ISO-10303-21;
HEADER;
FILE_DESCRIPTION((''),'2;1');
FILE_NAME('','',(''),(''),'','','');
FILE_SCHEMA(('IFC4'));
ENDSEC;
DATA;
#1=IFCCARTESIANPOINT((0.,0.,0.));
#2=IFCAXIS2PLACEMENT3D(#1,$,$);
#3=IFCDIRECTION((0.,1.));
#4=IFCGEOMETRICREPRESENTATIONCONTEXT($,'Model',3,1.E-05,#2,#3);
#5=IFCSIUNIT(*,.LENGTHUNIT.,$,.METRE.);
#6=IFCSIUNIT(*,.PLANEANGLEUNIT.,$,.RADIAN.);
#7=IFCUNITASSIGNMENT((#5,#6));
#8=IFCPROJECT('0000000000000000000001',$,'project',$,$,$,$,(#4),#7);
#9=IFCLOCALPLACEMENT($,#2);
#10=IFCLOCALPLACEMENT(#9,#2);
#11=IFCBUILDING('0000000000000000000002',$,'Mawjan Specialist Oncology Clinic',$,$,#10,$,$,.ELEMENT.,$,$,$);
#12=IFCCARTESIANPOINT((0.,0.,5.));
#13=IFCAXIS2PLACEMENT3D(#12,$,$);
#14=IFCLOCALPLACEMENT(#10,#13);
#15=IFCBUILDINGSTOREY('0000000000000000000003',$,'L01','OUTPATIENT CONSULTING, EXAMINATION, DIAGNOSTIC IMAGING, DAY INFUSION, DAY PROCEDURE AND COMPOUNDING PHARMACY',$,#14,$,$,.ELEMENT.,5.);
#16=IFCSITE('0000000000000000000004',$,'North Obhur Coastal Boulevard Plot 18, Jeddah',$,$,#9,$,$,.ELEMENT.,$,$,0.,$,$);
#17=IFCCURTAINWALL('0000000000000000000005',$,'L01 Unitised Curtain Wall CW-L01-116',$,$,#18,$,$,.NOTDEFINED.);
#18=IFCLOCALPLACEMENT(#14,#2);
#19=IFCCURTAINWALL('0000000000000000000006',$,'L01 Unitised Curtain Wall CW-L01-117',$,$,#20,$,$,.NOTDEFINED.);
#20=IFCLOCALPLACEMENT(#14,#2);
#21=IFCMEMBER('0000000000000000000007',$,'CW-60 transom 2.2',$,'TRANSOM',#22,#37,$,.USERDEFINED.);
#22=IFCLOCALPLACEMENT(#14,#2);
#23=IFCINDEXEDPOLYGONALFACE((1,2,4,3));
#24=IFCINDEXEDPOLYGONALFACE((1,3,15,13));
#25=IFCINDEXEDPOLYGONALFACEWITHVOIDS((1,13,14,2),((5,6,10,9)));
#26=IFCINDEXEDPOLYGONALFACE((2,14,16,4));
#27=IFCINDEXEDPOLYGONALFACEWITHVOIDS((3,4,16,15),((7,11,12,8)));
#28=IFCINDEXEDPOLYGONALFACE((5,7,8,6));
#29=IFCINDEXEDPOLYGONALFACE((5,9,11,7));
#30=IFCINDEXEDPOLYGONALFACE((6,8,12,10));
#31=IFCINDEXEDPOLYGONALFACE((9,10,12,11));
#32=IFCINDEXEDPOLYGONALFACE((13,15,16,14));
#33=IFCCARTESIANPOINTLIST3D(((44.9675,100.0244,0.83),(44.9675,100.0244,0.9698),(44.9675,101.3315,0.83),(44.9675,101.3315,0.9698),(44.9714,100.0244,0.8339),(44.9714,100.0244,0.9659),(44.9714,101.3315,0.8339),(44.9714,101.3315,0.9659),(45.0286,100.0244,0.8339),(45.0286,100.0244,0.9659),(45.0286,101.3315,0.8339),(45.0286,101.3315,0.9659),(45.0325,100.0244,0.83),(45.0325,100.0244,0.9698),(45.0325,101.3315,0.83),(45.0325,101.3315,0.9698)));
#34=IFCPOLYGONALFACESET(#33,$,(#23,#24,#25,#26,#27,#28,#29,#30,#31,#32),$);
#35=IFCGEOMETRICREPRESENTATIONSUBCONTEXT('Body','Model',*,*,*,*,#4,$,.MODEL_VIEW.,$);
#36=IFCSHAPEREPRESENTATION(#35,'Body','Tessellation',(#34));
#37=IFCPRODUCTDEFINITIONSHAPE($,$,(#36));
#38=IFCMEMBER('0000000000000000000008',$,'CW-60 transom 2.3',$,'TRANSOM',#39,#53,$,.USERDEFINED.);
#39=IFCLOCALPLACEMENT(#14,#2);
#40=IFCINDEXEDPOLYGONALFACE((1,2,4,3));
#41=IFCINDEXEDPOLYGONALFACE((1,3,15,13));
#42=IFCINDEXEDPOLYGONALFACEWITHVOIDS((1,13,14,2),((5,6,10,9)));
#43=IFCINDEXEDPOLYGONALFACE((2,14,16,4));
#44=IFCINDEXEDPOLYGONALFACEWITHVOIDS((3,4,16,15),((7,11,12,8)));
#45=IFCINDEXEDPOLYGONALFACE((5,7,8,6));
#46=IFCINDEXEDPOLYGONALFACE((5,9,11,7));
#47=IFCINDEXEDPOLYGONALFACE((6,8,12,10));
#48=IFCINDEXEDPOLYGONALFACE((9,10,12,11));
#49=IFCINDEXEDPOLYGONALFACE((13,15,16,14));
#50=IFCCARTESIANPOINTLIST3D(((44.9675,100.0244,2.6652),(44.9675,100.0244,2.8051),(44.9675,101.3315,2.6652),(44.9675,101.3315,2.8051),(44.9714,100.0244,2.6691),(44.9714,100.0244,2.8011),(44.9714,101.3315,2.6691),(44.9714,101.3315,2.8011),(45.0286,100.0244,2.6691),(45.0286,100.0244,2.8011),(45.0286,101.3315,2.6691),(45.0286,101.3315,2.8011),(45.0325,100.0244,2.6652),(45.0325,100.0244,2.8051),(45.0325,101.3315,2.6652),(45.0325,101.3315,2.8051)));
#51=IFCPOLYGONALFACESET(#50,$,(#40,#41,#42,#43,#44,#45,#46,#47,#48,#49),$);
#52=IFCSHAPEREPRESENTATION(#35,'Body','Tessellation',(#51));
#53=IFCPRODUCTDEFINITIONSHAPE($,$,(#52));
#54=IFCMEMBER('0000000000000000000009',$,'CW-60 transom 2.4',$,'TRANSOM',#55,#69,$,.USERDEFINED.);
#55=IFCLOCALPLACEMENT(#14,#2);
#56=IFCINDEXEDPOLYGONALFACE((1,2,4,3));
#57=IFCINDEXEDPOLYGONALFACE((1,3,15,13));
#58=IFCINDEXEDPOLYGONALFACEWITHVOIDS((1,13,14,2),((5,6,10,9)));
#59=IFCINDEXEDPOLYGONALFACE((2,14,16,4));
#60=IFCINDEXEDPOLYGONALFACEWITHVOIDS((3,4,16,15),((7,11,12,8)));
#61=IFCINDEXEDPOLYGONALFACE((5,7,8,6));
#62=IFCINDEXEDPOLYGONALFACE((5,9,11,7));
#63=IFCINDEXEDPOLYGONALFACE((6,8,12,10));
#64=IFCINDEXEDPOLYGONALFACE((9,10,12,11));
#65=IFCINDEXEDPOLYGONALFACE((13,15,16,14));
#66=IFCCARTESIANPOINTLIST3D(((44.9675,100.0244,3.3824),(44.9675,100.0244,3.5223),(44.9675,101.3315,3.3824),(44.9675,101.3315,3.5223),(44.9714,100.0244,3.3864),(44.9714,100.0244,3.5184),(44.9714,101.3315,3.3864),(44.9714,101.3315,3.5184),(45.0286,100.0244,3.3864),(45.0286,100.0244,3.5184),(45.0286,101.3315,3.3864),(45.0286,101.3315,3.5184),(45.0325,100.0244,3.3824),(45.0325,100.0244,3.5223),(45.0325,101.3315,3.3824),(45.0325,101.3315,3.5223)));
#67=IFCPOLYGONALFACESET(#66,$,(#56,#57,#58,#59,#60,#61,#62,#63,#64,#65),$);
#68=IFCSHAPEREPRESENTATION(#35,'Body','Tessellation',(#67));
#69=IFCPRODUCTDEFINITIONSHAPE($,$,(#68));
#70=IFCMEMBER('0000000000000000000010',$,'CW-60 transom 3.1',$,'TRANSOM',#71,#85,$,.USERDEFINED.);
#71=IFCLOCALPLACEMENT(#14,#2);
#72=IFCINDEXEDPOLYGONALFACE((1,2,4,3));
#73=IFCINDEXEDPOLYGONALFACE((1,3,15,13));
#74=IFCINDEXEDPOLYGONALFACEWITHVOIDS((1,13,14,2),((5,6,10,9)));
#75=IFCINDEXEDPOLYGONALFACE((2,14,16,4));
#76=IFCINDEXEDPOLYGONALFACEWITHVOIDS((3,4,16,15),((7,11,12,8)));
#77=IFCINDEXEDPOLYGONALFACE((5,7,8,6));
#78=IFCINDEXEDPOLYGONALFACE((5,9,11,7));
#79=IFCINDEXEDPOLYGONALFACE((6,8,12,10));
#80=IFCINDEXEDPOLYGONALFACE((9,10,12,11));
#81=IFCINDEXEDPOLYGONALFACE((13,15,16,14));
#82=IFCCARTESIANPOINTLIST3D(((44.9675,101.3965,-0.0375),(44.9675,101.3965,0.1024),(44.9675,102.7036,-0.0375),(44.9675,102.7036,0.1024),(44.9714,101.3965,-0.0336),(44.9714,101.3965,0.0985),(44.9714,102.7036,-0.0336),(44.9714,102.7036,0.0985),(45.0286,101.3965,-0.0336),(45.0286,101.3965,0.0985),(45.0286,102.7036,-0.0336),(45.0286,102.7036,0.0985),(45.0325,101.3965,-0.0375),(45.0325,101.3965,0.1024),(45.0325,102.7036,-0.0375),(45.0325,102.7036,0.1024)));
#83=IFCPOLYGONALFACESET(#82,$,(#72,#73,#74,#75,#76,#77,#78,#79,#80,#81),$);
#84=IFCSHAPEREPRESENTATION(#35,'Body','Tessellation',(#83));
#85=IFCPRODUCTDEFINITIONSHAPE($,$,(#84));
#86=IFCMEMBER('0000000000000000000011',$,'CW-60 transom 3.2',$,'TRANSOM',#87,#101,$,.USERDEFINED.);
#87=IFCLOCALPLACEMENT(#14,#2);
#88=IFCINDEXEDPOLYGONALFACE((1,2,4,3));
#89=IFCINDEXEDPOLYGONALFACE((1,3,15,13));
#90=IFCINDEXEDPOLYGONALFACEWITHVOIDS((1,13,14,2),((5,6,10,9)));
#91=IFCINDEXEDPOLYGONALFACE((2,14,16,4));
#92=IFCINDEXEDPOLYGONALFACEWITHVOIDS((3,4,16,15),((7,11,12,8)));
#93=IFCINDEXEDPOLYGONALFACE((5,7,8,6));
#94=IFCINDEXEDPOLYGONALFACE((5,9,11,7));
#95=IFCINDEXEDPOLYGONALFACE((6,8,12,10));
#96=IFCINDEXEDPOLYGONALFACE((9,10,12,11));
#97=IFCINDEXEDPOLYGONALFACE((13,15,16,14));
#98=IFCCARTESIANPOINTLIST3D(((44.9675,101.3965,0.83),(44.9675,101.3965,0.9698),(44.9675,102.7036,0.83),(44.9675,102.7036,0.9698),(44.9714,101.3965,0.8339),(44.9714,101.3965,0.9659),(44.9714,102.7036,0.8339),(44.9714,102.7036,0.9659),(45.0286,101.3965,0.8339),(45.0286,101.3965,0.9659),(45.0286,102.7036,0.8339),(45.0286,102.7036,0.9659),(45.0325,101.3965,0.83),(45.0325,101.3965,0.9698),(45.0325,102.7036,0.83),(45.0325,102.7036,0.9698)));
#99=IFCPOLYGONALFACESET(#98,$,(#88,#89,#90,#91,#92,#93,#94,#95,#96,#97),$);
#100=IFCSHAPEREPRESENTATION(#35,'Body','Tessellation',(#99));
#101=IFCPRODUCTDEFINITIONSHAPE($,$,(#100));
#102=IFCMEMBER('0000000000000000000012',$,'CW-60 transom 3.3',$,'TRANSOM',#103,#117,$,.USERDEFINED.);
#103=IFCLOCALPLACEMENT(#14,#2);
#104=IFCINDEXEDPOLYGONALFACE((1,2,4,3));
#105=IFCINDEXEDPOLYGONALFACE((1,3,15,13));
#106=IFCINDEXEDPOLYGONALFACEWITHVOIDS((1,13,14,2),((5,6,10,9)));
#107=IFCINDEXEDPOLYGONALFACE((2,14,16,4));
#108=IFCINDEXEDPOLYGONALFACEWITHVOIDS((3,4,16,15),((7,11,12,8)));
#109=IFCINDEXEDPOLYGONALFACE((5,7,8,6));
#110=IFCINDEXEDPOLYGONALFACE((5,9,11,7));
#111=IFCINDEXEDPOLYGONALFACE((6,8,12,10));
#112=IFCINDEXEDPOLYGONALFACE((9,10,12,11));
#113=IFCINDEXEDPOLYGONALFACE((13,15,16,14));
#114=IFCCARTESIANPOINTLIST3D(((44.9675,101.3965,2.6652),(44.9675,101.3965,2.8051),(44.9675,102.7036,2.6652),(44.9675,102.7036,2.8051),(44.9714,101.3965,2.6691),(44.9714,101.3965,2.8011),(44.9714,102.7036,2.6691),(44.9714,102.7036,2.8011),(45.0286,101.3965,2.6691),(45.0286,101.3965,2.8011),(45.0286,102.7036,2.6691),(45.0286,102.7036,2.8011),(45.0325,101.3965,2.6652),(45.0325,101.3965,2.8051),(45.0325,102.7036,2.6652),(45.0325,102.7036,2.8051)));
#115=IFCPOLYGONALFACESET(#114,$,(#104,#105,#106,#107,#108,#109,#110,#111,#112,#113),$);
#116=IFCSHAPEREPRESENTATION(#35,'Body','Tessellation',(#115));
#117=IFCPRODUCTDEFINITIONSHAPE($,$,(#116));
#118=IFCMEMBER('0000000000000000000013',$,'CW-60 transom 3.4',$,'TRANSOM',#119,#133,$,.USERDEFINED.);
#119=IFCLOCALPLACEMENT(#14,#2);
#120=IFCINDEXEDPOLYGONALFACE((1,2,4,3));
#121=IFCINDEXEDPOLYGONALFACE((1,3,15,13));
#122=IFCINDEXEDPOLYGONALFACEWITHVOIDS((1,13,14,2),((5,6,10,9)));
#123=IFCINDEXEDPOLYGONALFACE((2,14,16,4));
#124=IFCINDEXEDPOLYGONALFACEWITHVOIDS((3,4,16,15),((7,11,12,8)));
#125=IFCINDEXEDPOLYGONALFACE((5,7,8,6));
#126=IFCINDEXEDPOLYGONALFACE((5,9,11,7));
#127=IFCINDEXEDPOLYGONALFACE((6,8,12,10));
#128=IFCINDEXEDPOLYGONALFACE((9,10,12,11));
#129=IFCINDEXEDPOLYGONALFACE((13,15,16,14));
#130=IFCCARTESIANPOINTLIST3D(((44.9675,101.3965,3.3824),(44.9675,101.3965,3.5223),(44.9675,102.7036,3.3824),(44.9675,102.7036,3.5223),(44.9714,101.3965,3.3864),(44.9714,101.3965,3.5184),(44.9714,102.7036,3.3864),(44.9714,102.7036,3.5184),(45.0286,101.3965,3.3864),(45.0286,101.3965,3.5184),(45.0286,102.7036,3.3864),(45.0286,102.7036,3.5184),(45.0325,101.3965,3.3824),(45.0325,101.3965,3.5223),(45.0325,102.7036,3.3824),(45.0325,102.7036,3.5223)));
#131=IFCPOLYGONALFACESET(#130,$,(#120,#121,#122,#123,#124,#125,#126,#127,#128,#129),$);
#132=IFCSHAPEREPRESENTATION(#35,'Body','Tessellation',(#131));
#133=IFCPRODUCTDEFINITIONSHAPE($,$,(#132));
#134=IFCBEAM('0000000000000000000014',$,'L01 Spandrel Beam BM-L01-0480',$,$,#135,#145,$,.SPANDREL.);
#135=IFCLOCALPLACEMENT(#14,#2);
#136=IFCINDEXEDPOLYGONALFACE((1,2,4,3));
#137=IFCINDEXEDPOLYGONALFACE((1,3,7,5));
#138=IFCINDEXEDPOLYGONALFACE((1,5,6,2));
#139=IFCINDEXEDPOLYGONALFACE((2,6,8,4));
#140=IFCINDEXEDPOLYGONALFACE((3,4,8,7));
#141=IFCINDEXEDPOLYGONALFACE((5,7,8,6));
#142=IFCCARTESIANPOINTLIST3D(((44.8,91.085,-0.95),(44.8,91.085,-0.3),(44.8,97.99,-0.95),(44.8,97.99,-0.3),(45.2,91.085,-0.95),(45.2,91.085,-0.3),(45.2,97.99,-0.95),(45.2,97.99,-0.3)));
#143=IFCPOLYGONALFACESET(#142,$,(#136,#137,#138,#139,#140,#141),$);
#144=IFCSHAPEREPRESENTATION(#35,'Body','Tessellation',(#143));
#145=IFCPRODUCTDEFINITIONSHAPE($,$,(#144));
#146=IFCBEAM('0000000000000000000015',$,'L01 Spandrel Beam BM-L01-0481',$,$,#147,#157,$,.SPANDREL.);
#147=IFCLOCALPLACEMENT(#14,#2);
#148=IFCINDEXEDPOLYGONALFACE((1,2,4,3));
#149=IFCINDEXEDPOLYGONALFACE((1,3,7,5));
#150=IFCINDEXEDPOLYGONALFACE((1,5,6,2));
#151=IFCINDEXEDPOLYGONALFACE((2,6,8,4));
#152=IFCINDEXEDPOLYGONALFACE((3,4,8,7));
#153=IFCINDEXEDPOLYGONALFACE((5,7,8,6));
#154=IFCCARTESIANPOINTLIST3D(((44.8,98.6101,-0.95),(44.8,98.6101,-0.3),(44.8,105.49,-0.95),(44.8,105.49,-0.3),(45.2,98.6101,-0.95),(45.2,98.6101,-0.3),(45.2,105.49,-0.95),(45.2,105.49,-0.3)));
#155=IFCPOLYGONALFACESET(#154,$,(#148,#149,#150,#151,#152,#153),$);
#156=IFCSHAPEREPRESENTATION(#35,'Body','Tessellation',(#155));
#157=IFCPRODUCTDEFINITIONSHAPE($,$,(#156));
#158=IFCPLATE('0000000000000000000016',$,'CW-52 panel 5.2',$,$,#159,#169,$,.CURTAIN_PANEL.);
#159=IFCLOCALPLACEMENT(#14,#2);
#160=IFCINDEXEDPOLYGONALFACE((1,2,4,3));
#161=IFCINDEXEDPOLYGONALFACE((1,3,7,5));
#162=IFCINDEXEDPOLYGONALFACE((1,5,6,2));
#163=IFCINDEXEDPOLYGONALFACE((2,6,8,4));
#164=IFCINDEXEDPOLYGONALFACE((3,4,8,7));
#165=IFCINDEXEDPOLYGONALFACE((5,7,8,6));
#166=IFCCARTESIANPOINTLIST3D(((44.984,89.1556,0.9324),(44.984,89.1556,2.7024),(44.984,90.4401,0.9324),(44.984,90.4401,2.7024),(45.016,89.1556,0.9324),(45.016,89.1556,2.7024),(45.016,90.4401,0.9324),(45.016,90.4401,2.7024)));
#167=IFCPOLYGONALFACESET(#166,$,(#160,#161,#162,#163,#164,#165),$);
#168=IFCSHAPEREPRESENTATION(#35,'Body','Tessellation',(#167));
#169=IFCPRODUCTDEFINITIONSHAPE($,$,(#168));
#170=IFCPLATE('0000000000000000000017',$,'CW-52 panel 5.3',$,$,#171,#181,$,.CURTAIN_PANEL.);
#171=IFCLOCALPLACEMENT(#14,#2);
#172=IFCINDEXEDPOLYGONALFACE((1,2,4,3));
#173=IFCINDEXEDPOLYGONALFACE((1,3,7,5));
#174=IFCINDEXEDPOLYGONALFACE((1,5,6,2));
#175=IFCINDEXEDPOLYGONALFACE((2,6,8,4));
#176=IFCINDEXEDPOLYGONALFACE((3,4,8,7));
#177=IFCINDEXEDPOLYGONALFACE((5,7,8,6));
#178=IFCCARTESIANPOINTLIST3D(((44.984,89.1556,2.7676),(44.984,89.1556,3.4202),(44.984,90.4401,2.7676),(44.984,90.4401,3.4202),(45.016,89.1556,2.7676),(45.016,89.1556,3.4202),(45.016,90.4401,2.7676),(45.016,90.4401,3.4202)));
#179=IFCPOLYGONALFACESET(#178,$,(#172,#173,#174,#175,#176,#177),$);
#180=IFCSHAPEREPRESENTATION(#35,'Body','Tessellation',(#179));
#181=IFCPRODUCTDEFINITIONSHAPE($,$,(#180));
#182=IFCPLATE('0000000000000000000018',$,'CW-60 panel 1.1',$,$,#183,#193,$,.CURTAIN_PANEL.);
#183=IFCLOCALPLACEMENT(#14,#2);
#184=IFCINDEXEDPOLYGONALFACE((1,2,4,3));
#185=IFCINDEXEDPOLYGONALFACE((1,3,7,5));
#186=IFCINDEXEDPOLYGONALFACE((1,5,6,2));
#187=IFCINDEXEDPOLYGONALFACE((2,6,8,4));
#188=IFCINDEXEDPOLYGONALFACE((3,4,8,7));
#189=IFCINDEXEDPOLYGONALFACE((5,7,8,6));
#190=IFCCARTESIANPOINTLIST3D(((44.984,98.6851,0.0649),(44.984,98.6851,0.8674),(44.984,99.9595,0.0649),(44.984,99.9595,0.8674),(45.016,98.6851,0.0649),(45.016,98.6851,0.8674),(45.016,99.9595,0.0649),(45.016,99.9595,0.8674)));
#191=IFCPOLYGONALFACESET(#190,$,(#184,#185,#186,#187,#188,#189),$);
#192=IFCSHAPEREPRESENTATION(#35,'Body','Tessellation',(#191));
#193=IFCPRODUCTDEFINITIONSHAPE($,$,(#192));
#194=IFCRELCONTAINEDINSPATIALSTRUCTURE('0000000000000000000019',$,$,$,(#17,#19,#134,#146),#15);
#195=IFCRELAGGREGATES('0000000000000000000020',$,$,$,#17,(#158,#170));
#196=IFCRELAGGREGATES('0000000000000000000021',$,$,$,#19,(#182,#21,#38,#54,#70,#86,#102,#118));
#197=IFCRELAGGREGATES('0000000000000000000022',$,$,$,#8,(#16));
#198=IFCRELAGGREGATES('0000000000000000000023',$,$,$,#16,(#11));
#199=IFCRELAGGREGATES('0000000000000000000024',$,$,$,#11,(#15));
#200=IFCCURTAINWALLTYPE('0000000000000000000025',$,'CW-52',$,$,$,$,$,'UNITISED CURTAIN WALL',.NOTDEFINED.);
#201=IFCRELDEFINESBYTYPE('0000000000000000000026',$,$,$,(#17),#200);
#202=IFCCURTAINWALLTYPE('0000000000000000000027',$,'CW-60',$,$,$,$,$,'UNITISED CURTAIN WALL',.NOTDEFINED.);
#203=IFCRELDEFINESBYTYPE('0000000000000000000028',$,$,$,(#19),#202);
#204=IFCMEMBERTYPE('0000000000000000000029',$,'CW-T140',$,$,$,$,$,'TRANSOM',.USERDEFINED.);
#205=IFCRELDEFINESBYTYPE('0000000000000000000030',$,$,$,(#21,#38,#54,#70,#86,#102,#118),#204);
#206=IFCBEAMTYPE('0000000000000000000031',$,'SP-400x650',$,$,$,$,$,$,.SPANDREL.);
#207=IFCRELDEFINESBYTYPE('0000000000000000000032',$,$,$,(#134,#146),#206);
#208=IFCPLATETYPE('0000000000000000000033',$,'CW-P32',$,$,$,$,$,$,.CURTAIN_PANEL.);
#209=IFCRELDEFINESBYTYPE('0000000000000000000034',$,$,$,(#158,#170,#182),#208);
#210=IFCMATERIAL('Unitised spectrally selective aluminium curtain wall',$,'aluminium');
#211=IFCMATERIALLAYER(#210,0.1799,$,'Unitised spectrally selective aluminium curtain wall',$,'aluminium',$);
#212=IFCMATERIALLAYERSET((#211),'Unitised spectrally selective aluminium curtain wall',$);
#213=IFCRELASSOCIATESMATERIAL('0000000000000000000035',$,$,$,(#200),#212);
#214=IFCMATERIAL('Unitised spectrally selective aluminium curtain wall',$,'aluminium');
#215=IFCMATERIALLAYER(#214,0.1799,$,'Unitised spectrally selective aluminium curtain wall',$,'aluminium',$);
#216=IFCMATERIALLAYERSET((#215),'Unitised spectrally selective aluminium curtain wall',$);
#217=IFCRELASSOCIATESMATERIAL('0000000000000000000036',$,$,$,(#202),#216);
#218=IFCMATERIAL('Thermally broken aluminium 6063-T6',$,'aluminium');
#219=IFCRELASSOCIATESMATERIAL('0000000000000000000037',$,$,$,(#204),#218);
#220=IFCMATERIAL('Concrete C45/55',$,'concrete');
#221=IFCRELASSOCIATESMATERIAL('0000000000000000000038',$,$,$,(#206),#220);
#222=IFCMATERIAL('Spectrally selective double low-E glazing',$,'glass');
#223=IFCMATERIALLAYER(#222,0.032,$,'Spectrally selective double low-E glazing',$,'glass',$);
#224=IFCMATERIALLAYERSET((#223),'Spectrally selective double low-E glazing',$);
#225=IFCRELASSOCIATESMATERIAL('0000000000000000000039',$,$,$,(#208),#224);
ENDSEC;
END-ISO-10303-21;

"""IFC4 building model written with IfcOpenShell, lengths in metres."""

from ifc_helpers import new_model, si_unit, direction, frame, origin, origin_2d, place, context, subcontext, project, spatial, rectangle, hollow_rectangle, extrude, material, layer, layer_set, material_profile, profile_set, type_object, element, aggregate, save


model = new_model("IFC4")

# Units and contexts
model_context = context("Model", 3, precision=1e-05, world=origin(), true_north=direction((0.0, 1.0)))
body_context = subcontext(model_context, "Body", "Model", "MODEL_VIEW")
ifc_project = project(units=[si_unit("LENGTHUNIT", "METRE"), si_unit("PLANEANGLEUNIT", "RADIAN")], contexts=[model_context])

# Site, building, storey
site_placement = place(None, origin())
site = spatial("IfcSite", under=ifc_project, at=site_placement, Name="North Obhur Coastal Boulevard Plot 18, Jeddah", CompositionType="ELEMENT", RefElevation=0.0)
building_placement = place(site_placement, origin())
building = spatial("IfcBuilding", under=site, at=building_placement, Name="Mawjan Specialist Oncology Clinic", CompositionType="ELEMENT")
storey_placement = place(building_placement, frame((0.0, 0.0, 5.0)))
storey = spatial("IfcBuildingStorey", under=building, at=storey_placement, Name="L01", Description="OUTPATIENT CONSULTING, EXAMINATION, DIAGNOSTIC IMAGING, DAY INFUSION, DAY PROCEDURE AND COMPOUNDING PHARMACY", CompositionType="ELEMENT", Elevation=5.0)

# Curtain wall
ifc_material_1 = material(Name="Unitised spectrally selective aluminium curtain wall", Category="aluminium")
ifc_layer_1 = layer(ifc_material_1, 0.1799, Name="Unitised spectrally selective aluminium curtain wall", Category="aluminium")
ifc_layer_set_1 = layer_set([ifc_layer_1], Name="Unitised spectrally selective aluminium curtain wall")
curtain_wall_type_1 = type_object("IfcCurtainWallType", Name="CW-52", ElementType="UNITISED CURTAIN WALL", PredefinedType="NOTDEFINED", material=ifc_layer_set_1)
curtain_wall_1_placement = place(storey_placement, origin())
curtain_wall_1 = element("IfcCurtainWall", 1, at=curtain_wall_1_placement, inside=storey, type_object=curtain_wall_type_1, Name="L01 Unitised Curtain Wall CW-L01-116", PredefinedType="NOTDEFINED")

# Curtain wall, members
ifc_material_2 = material(Name="Unitised spectrally selective aluminium curtain wall", Category="aluminium")
ifc_layer_2 = layer(ifc_material_2, 0.1799, Name="Unitised spectrally selective aluminium curtain wall", Category="aluminium")
ifc_layer_set_2 = layer_set([ifc_layer_2], Name="Unitised spectrally selective aluminium curtain wall")
curtain_wall_type_2 = type_object("IfcCurtainWallType", Name="CW-60", ElementType="UNITISED CURTAIN WALL", PredefinedType="NOTDEFINED", material=ifc_layer_set_2)
curtain_wall_2_placement = place(storey_placement, origin())
curtain_wall_2 = element("IfcCurtainWall", 2, at=curtain_wall_2_placement, inside=storey, type_object=curtain_wall_type_2, Name="L01 Unitised Curtain Wall CW-L01-117", PredefinedType="NOTDEFINED")
ifc_material_3 = material(Name="Thermally broken aluminium 6063-T6", Category="aluminium")
ifc_material_profile_1 = material_profile(ifc_material_3, hollow_rectangle(XDim=0.0649, YDim=0.1399, WallThickness=0.0039, at=origin_2d()), Name="ALU TRANSOM 140x65x4", Category="aluminium")
ifc_profile_set_1 = profile_set([ifc_material_profile_1], Name="Thermally broken aluminium 6063-T6")
member_type_1 = type_object("IfcMemberType", Name="CW-T140", ElementType="TRANSOM", PredefinedType="USERDEFINED", material=ifc_profile_set_1)
member_1_placement = place(storey_placement, frame((45.0, 100.0244, 0.8999), z_axis=(0.0, 1.0, 0.0), x_axis=(-1.0, 0.0, 0.0)))
member_1 = element("IfcMember", 3, at=member_1_placement, type_object=member_type_1, Name="CW-60 transom 2.2", ObjectType="TRANSOM", PredefinedType="USERDEFINED", context=body_context, shape_type="SweptSolid", body=[
    extrude(hollow_rectangle(XDim=0.0649, YDim=0.1399, WallThickness=0.0039, at=origin_2d()), origin(), (0.0, 0.0, 1.0), 1.3071),
])
member_2_placement = place(storey_placement, frame((45.0, 100.0244, 2.7351), z_axis=(0.0, 1.0, 0.0), x_axis=(-1.0, 0.0, 0.0)))
member_2 = element("IfcMember", 4, at=member_2_placement, type_object=member_type_1, Name="CW-60 transom 2.3", ObjectType="TRANSOM", PredefinedType="USERDEFINED", context=body_context, shape_type="SweptSolid", body=[
    extrude(hollow_rectangle(XDim=0.0649, YDim=0.1399, WallThickness=0.0039, at=origin_2d()), origin(), (0.0, 0.0, 1.0), 1.3071),
])
member_3_placement = place(storey_placement, frame((45.0, 100.0244, 3.4524), z_axis=(0.0, 1.0, 0.0), x_axis=(-1.0, 0.0, 0.0)))
member_3 = element("IfcMember", 5, at=member_3_placement, type_object=member_type_1, Name="CW-60 transom 2.4", ObjectType="TRANSOM", PredefinedType="USERDEFINED", context=body_context, shape_type="SweptSolid", body=[
    extrude(hollow_rectangle(XDim=0.0649, YDim=0.1399, WallThickness=0.0039, at=origin_2d()), origin(), (0.0, 0.0, 1.0), 1.3071),
])
member_4_placement = place(storey_placement, frame((45.0, 101.3965, 0.0325), z_axis=(0.0, 1.0, 0.0), x_axis=(-1.0, 0.0, 0.0)))
member_4 = element("IfcMember", 6, at=member_4_placement, type_object=member_type_1, Name="CW-60 transom 3.1", ObjectType="TRANSOM", PredefinedType="USERDEFINED", context=body_context, shape_type="SweptSolid", body=[
    extrude(hollow_rectangle(XDim=0.0649, YDim=0.1399, WallThickness=0.0039, at=origin_2d()), origin(), (0.0, 0.0, 1.0), 1.3071),
])
member_5_placement = place(storey_placement, frame((45.0, 101.3965, 0.8999), z_axis=(0.0, 1.0, 0.0), x_axis=(-1.0, 0.0, 0.0)))
member_5 = element("IfcMember", 7, at=member_5_placement, type_object=member_type_1, Name="CW-60 transom 3.2", ObjectType="TRANSOM", PredefinedType="USERDEFINED", context=body_context, shape_type="SweptSolid", body=[
    extrude(hollow_rectangle(XDim=0.0649, YDim=0.1399, WallThickness=0.0039, at=origin_2d()), origin(), (0.0, 0.0, 1.0), 1.3071),
])
member_6_placement = place(storey_placement, frame((45.0, 101.3965, 2.7351), z_axis=(0.0, 1.0, 0.0), x_axis=(-1.0, 0.0, 0.0)))
member_6 = element("IfcMember", 8, at=member_6_placement, type_object=member_type_1, Name="CW-60 transom 3.3", ObjectType="TRANSOM", PredefinedType="USERDEFINED", context=body_context, shape_type="SweptSolid", body=[
    extrude(hollow_rectangle(XDim=0.0649, YDim=0.1399, WallThickness=0.0039, at=origin_2d()), origin(), (0.0, 0.0, 1.0), 1.3071),
])
member_7_placement = place(storey_placement, frame((45.0, 101.3965, 3.4524), z_axis=(0.0, 1.0, 0.0), x_axis=(-1.0, 0.0, 0.0)))
member_7 = element("IfcMember", 9, at=member_7_placement, type_object=member_type_1, Name="CW-60 transom 3.4", ObjectType="TRANSOM", PredefinedType="USERDEFINED", context=body_context, shape_type="SweptSolid", body=[
    extrude(hollow_rectangle(XDim=0.0649, YDim=0.1399, WallThickness=0.0039, at=origin_2d()), origin(), (0.0, 0.0, 1.0), 1.3071),
])

# Beams
ifc_material_4 = material(Name="Concrete C45/55", Category="concrete")
ifc_material_profile_2 = material_profile(ifc_material_4, rectangle(XDim=0.3999, YDim=0.6499, at=origin_2d()), Name="RC BM 400x650", Category="concrete")
ifc_profile_set_2 = profile_set([ifc_material_profile_2], Name="Concrete C45/55")
beam_type = type_object("IfcBeamType", Name="SP-400x650", PredefinedType="SPANDREL", material=ifc_profile_set_2)
beam_1_placement = place(storey_placement, frame((45.0, 91.085, -0.625), z_axis=(0.0, 1.0, 0.0), x_axis=(-1.0, 0.0, 0.0)))
element("IfcBeam", 10, at=beam_1_placement, inside=storey, type_object=beam_type, Name="L01 Spandrel Beam BM-L01-0480", PredefinedType="SPANDREL", context=body_context, shape_type="SweptSolid", body=[
    extrude(rectangle(XDim=0.3999, YDim=0.6499, at=origin_2d()), origin(), (0.0, 0.0, 1.0), 6.905),
])
beam_2_placement = place(storey_placement, frame((45.0, 98.6101, -0.625), z_axis=(0.0, 1.0, 0.0), x_axis=(-1.0, 0.0, 0.0)))
element("IfcBeam", 11, at=beam_2_placement, inside=storey, type_object=beam_type, Name="L01 Spandrel Beam BM-L01-0481", PredefinedType="SPANDREL", context=body_context, shape_type="SweptSolid", body=[
    extrude(rectangle(XDim=0.3999, YDim=0.6499, at=origin_2d()), origin(), (0.0, 0.0, 1.0), 6.8799),
])

# Plates
ifc_material_5 = material(Name="Spectrally selective double low-E glazing", Category="glass")
ifc_layer_3 = layer(ifc_material_5, 0.032, Name="Spectrally selective double low-E glazing", Category="glass")
ifc_layer_set_3 = layer_set([ifc_layer_3], Name="Spectrally selective double low-E glazing")
plate_type = type_object("IfcPlateType", Name="CW-P32", PredefinedType="CURTAIN_PANEL", material=ifc_layer_set_3)
plate_1_placement = place(storey_placement, frame((45.0, 89.7979, 0.9324), z_axis=(0.0, 0.0, 1.0), x_axis=(0.0, 1.0, 0.0)))
plate_1 = element("IfcPlate", 12, at=plate_1_placement, type_object=plate_type, Name="CW-52 panel 5.2", PredefinedType="CURTAIN_PANEL", context=body_context, shape_type="SweptSolid", body=[
    extrude(rectangle(XDim=1.2844, YDim=0.032, at=origin_2d()), origin(), (0.0, 0.0, 1.0), 1.77),
])
plate_2_placement = place(storey_placement, frame((45.0, 89.7979, 2.7676), z_axis=(0.0, 0.0, 1.0), x_axis=(0.0, 1.0, 0.0)))
plate_2 = element("IfcPlate", 13, at=plate_2_placement, type_object=plate_type, Name="CW-52 panel 5.3", PredefinedType="CURTAIN_PANEL", context=body_context, shape_type="SweptSolid", body=[
    extrude(rectangle(XDim=1.2844, YDim=0.032, at=origin_2d()), origin(), (0.0, 0.0, 1.0), 0.6526),
])
aggregate(curtain_wall_1, [plate_1, plate_2])
plate_3_placement = place(storey_placement, frame((45.0, 99.3223, 0.0649), z_axis=(0.0, 0.0, 1.0), x_axis=(0.0, 1.0, 0.0)))
plate_3 = element("IfcPlate", 14, at=plate_3_placement, type_object=plate_type, Name="CW-60 panel 1.1", PredefinedType="CURTAIN_PANEL", context=body_context, shape_type="SweptSolid", body=[
    extrude(rectangle(XDim=1.2744, YDim=0.032, at=origin_2d()), origin(), (0.0, 0.0, 1.0), 0.8025),
])
aggregate(curtain_wall_2, [plate_3, member_1, member_2, member_3, member_4, member_5, member_6, member_7])

save(model, "model.ifc")
